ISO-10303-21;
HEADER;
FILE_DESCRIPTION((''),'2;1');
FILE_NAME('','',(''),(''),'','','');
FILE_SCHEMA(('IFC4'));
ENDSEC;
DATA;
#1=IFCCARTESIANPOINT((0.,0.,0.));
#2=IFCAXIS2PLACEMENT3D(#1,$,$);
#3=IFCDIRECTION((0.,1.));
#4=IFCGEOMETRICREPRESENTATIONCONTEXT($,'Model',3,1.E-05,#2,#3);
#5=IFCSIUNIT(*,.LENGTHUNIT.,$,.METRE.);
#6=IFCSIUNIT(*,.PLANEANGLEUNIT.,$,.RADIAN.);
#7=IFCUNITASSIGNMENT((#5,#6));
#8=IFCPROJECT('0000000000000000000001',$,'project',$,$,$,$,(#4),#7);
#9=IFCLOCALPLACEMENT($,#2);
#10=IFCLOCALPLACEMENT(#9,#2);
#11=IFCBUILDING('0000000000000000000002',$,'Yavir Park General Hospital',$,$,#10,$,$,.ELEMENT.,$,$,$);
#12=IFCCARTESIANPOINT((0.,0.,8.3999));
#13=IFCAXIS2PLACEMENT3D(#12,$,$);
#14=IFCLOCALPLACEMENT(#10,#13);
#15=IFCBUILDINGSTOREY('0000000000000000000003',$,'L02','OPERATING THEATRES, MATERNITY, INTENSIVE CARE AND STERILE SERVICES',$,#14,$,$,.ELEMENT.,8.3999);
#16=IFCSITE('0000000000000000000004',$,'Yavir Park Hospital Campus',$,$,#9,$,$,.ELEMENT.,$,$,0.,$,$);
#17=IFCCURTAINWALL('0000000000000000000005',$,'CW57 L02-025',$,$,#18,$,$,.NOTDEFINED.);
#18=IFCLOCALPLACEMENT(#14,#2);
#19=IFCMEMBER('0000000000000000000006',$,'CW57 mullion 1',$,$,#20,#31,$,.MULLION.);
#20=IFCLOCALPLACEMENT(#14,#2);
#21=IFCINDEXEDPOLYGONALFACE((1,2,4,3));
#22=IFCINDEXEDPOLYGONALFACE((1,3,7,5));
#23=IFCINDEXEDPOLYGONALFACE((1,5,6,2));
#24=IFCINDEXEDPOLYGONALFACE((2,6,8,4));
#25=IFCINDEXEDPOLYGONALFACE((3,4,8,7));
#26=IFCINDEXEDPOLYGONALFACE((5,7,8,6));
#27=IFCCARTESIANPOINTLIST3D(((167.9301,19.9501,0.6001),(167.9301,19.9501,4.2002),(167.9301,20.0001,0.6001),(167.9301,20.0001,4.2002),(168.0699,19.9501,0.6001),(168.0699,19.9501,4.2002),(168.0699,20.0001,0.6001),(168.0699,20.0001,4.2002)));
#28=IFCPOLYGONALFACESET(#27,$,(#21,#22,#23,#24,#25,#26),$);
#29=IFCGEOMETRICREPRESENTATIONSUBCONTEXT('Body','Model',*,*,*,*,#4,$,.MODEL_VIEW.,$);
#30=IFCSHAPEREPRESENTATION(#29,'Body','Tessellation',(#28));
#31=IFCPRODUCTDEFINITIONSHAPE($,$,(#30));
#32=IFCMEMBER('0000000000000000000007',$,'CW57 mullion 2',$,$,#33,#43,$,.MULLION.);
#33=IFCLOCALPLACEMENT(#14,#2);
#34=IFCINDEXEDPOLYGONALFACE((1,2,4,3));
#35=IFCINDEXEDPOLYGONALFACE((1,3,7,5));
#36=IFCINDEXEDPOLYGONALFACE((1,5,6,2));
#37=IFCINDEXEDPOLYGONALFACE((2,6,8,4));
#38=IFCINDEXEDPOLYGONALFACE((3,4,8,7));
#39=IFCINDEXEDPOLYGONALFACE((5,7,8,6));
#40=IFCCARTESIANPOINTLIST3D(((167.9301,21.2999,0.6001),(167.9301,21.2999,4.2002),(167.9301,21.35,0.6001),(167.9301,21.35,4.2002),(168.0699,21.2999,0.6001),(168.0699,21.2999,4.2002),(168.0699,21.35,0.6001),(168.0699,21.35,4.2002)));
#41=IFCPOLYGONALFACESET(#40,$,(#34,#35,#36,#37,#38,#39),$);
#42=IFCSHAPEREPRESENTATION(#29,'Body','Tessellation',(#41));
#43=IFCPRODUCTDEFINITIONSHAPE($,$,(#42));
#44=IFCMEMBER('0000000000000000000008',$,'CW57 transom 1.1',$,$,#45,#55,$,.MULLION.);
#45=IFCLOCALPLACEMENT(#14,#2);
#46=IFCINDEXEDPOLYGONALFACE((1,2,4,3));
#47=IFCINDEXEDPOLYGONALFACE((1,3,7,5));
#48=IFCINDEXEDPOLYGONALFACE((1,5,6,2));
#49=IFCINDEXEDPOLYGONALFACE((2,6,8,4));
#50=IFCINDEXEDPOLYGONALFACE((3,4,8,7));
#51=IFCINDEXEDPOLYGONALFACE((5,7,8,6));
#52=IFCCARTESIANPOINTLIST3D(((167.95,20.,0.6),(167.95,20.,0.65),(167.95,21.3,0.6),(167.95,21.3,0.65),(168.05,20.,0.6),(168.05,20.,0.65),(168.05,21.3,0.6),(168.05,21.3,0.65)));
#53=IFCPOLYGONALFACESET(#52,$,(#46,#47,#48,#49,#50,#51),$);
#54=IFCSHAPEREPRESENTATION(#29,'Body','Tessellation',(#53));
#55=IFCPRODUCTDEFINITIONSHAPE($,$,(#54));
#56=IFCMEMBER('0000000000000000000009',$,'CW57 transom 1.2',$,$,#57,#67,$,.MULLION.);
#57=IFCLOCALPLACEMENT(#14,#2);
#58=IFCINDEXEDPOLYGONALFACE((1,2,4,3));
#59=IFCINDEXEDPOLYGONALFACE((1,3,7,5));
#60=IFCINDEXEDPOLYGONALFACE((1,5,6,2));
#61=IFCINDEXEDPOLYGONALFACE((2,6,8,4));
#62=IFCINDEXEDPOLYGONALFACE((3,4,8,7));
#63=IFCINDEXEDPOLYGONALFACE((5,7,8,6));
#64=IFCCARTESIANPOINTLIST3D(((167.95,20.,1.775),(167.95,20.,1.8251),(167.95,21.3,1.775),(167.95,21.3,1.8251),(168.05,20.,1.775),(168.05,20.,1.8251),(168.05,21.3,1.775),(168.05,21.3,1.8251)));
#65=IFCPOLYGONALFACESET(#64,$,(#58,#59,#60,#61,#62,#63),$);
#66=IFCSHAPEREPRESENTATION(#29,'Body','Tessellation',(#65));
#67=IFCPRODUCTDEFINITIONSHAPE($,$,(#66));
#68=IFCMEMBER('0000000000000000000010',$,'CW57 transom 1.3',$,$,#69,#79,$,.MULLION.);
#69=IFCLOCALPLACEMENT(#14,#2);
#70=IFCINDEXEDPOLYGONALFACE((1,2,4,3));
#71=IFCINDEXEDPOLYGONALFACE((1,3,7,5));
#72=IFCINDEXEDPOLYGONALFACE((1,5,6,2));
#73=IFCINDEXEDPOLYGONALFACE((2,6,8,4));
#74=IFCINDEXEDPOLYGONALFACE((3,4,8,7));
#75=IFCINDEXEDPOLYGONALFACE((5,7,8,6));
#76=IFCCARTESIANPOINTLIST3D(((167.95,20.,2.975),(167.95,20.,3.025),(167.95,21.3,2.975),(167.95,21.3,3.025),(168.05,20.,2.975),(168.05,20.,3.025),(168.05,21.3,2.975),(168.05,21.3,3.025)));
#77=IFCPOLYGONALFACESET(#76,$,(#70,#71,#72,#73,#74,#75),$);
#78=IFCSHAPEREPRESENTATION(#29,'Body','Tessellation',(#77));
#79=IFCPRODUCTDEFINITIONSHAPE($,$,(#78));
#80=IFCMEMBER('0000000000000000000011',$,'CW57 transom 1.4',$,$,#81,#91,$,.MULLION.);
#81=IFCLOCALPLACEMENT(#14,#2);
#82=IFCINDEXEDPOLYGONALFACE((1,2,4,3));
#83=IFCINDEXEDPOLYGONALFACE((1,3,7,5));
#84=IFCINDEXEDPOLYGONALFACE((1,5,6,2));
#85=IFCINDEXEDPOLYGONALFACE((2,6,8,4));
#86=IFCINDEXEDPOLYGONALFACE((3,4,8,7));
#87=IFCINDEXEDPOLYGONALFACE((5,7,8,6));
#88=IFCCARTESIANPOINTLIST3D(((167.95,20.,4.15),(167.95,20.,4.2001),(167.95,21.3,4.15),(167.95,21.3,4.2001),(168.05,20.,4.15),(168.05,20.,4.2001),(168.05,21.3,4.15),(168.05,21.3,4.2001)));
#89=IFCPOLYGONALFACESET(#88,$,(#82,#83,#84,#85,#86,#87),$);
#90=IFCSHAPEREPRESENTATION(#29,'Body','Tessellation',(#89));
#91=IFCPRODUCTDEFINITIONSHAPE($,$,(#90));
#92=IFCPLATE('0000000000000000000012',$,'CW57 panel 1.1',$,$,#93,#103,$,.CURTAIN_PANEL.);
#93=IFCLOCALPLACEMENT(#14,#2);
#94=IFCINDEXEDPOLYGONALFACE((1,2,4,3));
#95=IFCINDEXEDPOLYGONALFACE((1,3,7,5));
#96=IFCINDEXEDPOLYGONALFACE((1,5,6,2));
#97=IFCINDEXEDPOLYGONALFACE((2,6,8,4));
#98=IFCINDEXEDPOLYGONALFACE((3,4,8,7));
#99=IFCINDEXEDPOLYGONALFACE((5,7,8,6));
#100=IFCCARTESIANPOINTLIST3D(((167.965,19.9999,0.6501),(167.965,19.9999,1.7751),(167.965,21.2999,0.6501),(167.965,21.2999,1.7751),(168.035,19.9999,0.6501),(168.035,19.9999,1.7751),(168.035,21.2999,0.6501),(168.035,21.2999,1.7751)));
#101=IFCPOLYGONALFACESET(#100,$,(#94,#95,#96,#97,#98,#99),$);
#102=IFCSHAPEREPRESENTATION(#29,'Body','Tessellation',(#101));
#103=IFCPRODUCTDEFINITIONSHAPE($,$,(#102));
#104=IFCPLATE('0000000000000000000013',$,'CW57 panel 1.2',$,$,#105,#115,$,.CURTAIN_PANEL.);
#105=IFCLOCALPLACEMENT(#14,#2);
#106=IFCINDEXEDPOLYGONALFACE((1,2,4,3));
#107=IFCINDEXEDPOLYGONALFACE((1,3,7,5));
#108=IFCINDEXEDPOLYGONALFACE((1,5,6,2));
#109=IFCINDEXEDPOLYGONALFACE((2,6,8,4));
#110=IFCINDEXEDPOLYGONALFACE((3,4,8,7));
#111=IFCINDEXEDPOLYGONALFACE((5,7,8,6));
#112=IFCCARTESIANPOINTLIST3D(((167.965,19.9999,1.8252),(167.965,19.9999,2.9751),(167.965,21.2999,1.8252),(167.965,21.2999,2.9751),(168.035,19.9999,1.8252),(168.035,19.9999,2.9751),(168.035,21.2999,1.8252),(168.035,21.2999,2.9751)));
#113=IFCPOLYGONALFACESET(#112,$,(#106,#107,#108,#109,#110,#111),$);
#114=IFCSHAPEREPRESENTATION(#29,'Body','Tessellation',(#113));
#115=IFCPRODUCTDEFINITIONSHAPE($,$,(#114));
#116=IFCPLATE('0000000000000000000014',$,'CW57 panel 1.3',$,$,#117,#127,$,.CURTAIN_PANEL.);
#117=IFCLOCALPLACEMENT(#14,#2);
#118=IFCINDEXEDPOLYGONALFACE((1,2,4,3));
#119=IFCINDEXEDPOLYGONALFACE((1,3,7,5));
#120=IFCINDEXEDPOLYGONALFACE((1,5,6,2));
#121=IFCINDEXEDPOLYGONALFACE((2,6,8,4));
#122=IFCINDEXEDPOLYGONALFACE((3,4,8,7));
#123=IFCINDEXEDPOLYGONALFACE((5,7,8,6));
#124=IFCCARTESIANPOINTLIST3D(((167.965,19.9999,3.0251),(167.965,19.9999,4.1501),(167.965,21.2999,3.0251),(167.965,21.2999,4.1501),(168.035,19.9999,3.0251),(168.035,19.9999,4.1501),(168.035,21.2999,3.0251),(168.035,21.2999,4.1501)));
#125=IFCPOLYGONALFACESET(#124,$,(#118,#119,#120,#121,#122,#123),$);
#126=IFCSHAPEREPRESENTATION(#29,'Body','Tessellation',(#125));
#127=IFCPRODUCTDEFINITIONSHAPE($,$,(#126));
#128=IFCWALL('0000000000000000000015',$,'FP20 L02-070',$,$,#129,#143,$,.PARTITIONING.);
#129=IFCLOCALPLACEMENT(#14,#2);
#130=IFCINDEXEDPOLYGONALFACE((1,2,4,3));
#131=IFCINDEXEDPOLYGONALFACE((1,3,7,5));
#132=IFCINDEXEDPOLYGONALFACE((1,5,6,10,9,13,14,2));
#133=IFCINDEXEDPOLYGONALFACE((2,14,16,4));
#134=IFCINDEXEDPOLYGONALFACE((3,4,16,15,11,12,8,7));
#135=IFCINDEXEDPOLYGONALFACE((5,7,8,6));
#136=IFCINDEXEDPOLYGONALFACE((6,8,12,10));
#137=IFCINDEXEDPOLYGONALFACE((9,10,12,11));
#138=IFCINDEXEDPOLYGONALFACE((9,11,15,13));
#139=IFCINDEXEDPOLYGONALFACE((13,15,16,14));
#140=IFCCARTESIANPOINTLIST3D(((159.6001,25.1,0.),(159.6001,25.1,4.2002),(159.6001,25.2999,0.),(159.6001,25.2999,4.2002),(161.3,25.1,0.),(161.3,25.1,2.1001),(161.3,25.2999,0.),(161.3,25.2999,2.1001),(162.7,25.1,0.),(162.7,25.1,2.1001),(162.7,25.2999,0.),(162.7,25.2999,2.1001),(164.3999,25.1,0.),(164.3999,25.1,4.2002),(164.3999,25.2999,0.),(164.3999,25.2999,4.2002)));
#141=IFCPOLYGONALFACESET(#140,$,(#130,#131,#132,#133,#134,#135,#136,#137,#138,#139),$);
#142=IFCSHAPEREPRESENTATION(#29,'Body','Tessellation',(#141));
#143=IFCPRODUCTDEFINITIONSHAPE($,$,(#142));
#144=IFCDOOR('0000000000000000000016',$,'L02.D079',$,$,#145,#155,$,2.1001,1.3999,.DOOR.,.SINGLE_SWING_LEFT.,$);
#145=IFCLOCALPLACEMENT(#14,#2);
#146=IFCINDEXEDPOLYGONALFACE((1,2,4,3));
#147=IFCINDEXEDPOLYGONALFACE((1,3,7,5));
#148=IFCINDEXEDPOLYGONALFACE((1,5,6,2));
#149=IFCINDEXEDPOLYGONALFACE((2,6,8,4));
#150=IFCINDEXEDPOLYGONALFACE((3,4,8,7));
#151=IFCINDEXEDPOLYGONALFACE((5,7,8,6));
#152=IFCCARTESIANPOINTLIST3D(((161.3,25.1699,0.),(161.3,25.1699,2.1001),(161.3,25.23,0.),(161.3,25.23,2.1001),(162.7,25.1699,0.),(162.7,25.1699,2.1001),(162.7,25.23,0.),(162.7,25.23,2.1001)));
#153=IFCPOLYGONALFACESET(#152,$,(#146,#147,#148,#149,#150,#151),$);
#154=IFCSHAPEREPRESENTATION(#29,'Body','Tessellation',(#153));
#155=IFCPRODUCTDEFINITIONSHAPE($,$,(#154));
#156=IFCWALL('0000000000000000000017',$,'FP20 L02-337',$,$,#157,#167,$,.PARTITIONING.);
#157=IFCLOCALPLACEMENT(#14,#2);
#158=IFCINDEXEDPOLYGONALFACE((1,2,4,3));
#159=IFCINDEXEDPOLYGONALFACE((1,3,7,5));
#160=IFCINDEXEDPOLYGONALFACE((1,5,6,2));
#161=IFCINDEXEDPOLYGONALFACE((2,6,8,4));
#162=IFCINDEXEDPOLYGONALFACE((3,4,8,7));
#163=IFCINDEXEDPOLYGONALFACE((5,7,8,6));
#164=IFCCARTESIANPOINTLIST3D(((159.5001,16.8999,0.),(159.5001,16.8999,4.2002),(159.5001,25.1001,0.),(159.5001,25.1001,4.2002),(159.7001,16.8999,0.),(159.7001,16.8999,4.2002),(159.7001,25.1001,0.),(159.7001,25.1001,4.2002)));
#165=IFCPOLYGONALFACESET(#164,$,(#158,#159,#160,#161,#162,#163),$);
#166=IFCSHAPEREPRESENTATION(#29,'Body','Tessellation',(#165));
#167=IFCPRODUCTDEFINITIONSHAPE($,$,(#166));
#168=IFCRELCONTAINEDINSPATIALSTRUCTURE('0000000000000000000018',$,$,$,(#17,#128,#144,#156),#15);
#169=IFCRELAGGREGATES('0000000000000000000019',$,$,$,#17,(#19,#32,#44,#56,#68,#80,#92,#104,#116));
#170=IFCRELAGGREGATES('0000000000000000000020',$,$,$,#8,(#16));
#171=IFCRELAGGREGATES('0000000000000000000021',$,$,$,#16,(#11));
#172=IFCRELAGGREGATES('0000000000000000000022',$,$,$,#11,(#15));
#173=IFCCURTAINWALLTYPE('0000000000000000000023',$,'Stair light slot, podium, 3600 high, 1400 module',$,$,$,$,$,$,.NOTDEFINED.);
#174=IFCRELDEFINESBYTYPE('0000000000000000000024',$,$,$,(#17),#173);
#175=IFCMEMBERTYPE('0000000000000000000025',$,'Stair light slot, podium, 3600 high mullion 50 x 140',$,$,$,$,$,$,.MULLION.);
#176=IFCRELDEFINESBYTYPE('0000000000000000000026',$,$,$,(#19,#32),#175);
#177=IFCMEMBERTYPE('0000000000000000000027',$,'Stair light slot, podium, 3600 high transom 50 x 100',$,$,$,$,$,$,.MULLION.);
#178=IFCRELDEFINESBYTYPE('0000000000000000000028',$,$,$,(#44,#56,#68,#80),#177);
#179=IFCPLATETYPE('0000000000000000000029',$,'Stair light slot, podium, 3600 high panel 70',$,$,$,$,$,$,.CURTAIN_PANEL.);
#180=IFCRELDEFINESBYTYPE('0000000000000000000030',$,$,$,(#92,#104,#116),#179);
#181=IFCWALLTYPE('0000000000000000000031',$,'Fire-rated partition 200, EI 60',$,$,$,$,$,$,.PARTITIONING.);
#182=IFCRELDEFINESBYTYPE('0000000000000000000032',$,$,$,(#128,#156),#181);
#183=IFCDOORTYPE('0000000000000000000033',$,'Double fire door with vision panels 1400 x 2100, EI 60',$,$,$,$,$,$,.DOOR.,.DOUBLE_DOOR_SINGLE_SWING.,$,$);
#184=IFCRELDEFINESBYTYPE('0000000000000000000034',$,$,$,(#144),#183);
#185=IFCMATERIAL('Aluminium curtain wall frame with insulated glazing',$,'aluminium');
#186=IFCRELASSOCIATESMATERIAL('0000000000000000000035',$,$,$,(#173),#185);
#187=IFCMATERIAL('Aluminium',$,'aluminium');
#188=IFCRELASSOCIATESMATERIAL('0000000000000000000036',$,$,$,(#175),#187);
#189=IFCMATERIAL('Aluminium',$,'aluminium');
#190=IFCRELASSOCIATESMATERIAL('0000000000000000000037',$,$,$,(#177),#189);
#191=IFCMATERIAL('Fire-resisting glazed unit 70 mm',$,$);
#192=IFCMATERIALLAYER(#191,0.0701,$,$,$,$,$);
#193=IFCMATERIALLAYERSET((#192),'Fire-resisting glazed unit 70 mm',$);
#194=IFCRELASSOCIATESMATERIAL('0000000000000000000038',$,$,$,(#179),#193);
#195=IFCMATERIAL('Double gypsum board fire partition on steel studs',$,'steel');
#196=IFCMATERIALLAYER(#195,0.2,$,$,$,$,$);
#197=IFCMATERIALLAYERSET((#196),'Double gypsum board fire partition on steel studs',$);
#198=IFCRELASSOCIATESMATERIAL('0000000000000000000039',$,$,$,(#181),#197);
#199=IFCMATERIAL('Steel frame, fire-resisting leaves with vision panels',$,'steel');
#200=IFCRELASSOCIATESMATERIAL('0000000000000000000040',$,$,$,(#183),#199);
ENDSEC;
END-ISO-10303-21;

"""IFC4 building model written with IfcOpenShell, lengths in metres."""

from ifc_helpers import new_model, si_unit, direction, frame, frame_2d, origin, origin_2d, place, context, subcontext, project, spatial, rectangle, extrude, material, layer, layer_set, material_profile, profile_set, type_object, element, fill, aggregate, save


model = new_model("IFC4")

# Units and contexts
model_context = context("Model", 3, precision=1e-05, world=origin(), true_north=direction((0.0, 1.0)))
body_context = subcontext(model_context, "Body", "Model", "MODEL_VIEW")
ifc_project = project(units=[si_unit("LENGTHUNIT", "METRE"), si_unit("PLANEANGLEUNIT", "RADIAN")], contexts=[model_context])

# Site, building, storey
site_placement = place(None, origin())
site = spatial("IfcSite", under=ifc_project, at=site_placement, Name="Yavir Park Hospital Campus", CompositionType="ELEMENT", RefElevation=0.0)
building_placement = place(site_placement, origin())
building = spatial("IfcBuilding", under=site, at=building_placement, Name="Yavir Park General Hospital", CompositionType="ELEMENT")
storey_placement = place(building_placement, frame((0.0, 0.0, 8.3999)))
storey = spatial("IfcBuildingStorey", under=building, at=storey_placement, Name="L02", Description="OPERATING THEATRES, MATERNITY, INTENSIVE CARE AND STERILE SERVICES", CompositionType="ELEMENT", Elevation=8.3999)

# Curtain wall, members, plates
ifc_material_1 = material(Name="Aluminium curtain wall frame with insulated glazing", Category="aluminium")
curtain_wall_type = type_object("IfcCurtainWallType", Name="Stair light slot, podium, 3600 high, 1400 module", PredefinedType="NOTDEFINED", material=ifc_material_1)
curtain_wall_placement = place(storey_placement, origin())
curtain_wall = element("IfcCurtainWall", 1, at=curtain_wall_placement, inside=storey, type_object=curtain_wall_type, Name="CW57 L02-025", PredefinedType="NOTDEFINED")
ifc_material_2 = material(Name="Aluminium", Category="aluminium")
ifc_material_profile_1 = material_profile(ifc_material_2, rectangle(XDim=0.1399, YDim=0.05, at=origin_2d()), Name="AL 50x140")
ifc_profile_set_1 = profile_set([ifc_material_profile_1], Name="Aluminium")
member_type_1 = type_object("IfcMemberType", Name="Stair light slot, podium, 3600 high mullion 50 x 140", PredefinedType="MULLION", material=ifc_profile_set_1)
member_1_placement = place(storey_placement, frame((168.0, 19.9751, 0.6001), z_axis=(0.0, 0.0, 1.0), x_axis=(-1.0, 0.0, 0.0)))
member_1 = element("IfcMember", 2, at=member_1_placement, type_object=member_type_1, Name="CW57 mullion 1", PredefinedType="MULLION", context=body_context, shape_type="SweptSolid", body=[
    extrude(rectangle(XDim=0.1399, YDim=0.05, at=origin_2d()), origin(), (0.0, 0.0, 1.0), 3.6001),
])
member_2_placement = place(storey_placement, frame((168.0, 21.325, 0.6001), z_axis=(0.0, 0.0, 1.0), x_axis=(-1.0, 0.0, 0.0)))
member_2 = element("IfcMember", 3, at=member_2_placement, type_object=member_type_1, Name="CW57 mullion 2", PredefinedType="MULLION", context=body_context, shape_type="SweptSolid", body=[
    extrude(rectangle(XDim=0.1399, YDim=0.05, at=origin_2d()), origin(), (0.0, 0.0, 1.0), 3.6001),
])
ifc_material_3 = material(Name="Aluminium", Category="aluminium")
ifc_material_profile_2 = material_profile(ifc_material_3, rectangle(XDim=0.1001, YDim=0.05, at=origin_2d()), Name="AL 100x50")
ifc_profile_set_2 = profile_set([ifc_material_profile_2], Name="Aluminium")
member_type_2 = type_object("IfcMemberType", Name="Stair light slot, podium, 3600 high transom 50 x 100", PredefinedType="MULLION", material=ifc_profile_set_2)
member_3_placement = place(storey_placement, frame((168.0, 20.0, 0.625), z_axis=(0.0, 1.0, 0.0), x_axis=(-1.0, 0.0, 0.0)))
member_3 = element("IfcMember", 4, at=member_3_placement, type_object=member_type_2, Name="CW57 transom 1.1", PredefinedType="MULLION", context=body_context, shape_type="SweptSolid", body=[
    extrude(rectangle(XDim=0.1001, YDim=0.05, at=origin_2d()), origin(), (0.0, 0.0, 1.0), 1.3),
])
member_4_placement = place(storey_placement, frame((168.0, 20.0, 1.8), z_axis=(0.0, 1.0, 0.0), x_axis=(-1.0, 0.0, 0.0)))
member_4 = element("IfcMember", 5, at=member_4_placement, type_object=member_type_2, Name="CW57 transom 1.2", PredefinedType="MULLION", context=body_context, shape_type="SweptSolid", body=[
    extrude(rectangle(XDim=0.1001, YDim=0.05, at=origin_2d()), origin(), (0.0, 0.0, 1.0), 1.3),
])
member_5_placement = place(storey_placement, frame((168.0, 20.0, 3.0), z_axis=(0.0, 1.0, 0.0), x_axis=(-1.0, 0.0, 0.0)))
member_5 = element("IfcMember", 6, at=member_5_placement, type_object=member_type_2, Name="CW57 transom 1.3", PredefinedType="MULLION", context=body_context, shape_type="SweptSolid", body=[
    extrude(rectangle(XDim=0.1001, YDim=0.05, at=origin_2d()), origin(), (0.0, 0.0, 1.0), 1.3),
])
member_6_placement = place(storey_placement, frame((168.0, 20.0, 4.175), z_axis=(0.0, 1.0, 0.0), x_axis=(-1.0, 0.0, 0.0)))
member_6 = element("IfcMember", 7, at=member_6_placement, type_object=member_type_2, Name="CW57 transom 1.4", PredefinedType="MULLION", context=body_context, shape_type="SweptSolid", body=[
    extrude(rectangle(XDim=0.1001, YDim=0.05, at=origin_2d()), origin(), (0.0, 0.0, 1.0), 1.3),
])
ifc_material_4 = material(Name="Fire-resisting glazed unit 70 mm")
ifc_layer_1 = layer(ifc_material_4, 0.0701)
ifc_layer_set_1 = layer_set([ifc_layer_1], Name="Fire-resisting glazed unit 70 mm")
plate_type = type_object("IfcPlateType", Name="Stair light slot, podium, 3600 high panel 70", PredefinedType="CURTAIN_PANEL", material=ifc_layer_set_1)
plate_1_placement = place(storey_placement, frame((168.0, 20.6499, 0.6501), z_axis=(0.0, 0.0, 1.0), x_axis=(0.0, 1.0, 0.0)))
plate_1 = element("IfcPlate", 8, at=plate_1_placement, type_object=plate_type, Name="CW57 panel 1.1", PredefinedType="CURTAIN_PANEL", context=body_context, shape_type="SweptSolid", body=[
    extrude(rectangle(XDim=1.3, YDim=0.0701, at=origin_2d()), origin(), (0.0, 0.0, 1.0), 1.125),
])
plate_2_placement = place(storey_placement, frame((168.0, 20.6499, 1.8252), z_axis=(0.0, 0.0, 1.0), x_axis=(0.0, 1.0, 0.0)))
plate_2 = element("IfcPlate", 9, at=plate_2_placement, type_object=plate_type, Name="CW57 panel 1.2", PredefinedType="CURTAIN_PANEL", context=body_context, shape_type="SweptSolid", body=[
    extrude(rectangle(XDim=1.3, YDim=0.0701, at=origin_2d()), origin(), (0.0, 0.0, 1.0), 1.1499),
])
plate_3_placement = place(storey_placement, frame((168.0, 20.6499, 3.0251), z_axis=(0.0, 0.0, 1.0), x_axis=(0.0, 1.0, 0.0)))
plate_3 = element("IfcPlate", 10, at=plate_3_placement, type_object=plate_type, Name="CW57 panel 1.3", PredefinedType="CURTAIN_PANEL", context=body_context, shape_type="SweptSolid", body=[
    extrude(rectangle(XDim=1.3, YDim=0.0701, at=origin_2d()), origin(), (0.0, 0.0, 1.0), 1.125),
])
aggregate(curtain_wall, [member_1, member_2, member_3, member_4, member_5, member_6, plate_1, plate_2, plate_3])

# Wall, opening, door
ifc_material_5 = material(Name="Double gypsum board fire partition on steel studs", Category="steel")
ifc_layer_2 = layer(ifc_material_5, 0.2)
ifc_layer_set_2 = layer_set([ifc_layer_2], Name="Double gypsum board fire partition on steel studs")
wall_type_1 = type_object("IfcWallType", Name="Fire-rated partition 200, EI 60", PredefinedType="PARTITIONING", material=ifc_layer_set_2)
wall_1_placement = place(storey_placement, frame((159.6001, 25.2, 0.0), z_axis=(0.0, 0.0, 1.0), x_axis=(1.0, 0.0, 0.0)))
wall_1 = element("IfcWall", 11, at=wall_1_placement, inside=storey, type_object=wall_type_1, Name="FP20 L02-070", PredefinedType="PARTITIONING", context=body_context, shape_type="SweptSolid", body=[
    extrude(rectangle(XDim=4.7998, YDim=0.2, at=frame_2d((2.3999, 0.0))), origin(), (0.0, 0.0, 1.0), 4.2002),
])
opening_1_placement = place(wall_1_placement, frame((1.7, 0.0, 0.0)))
opening_1 = element("IfcOpeningElement", 12, at=opening_1_placement, cuts=wall_1, PredefinedType="OPENING", context=body_context, shape_type="SweptSolid", body=[
    extrude(rectangle(XDim=1.3999, YDim=2.1001, at=frame_2d((0.7, 1.05))), frame((0.0, 0.1099, 0.0), z_axis=(0.0, -1.0, 0.0), x_axis=(1.0, 0.0, 0.0)), (0.0, 0.0, 1.0), 0.22),
])
ifc_material_6 = material(Name="Steel frame, fire-resisting leaves with vision panels", Category="steel")
door_type_1 = type_object("IfcDoorType", Name="Double fire door with vision panels 1400 x 2100, EI 60", OperationType="DOUBLE_DOOR_SINGLE_SWING", PredefinedType="DOOR", material=ifc_material_6)
door_1_placement = place(opening_1_placement, origin())
door_1 = element("IfcDoor", 13, at=door_1_placement, inside=storey, type_object=door_type_1, Name="L02.D079", OperationType="SINGLE_SWING_LEFT", OverallHeight=2.1001, OverallWidth=1.3999, PredefinedType="DOOR", context=body_context, shape_type="SweptSolid", body=[
    extrude(rectangle(XDim=1.3999, YDim=2.1001, at=frame_2d((0.7, 1.05))), frame((0.0, 0.03, 0.0), z_axis=(0.0, -1.0, 0.0), x_axis=(1.0, 0.0, 0.0)), (0.0, 0.0, 1.0), 0.0601),
])
fill(opening_1, door_1)

# Wall
wall_2_placement = place(storey_placement, frame((159.6001, 16.8999, 0.0), z_axis=(0.0, 0.0, 1.0), x_axis=(0.0, 1.0, 0.0)))
element("IfcWall", 14, at=wall_2_placement, inside=storey, type_object=wall_type_1, Name="FP20 L02-337", PredefinedType="PARTITIONING", context=body_context, shape_type="SweptSolid", body=[
    extrude(rectangle(XDim=8.2002, YDim=0.2, at=frame_2d((4.1001, 0.0))), origin(), (0.0, 0.0, 1.0), 4.2002),
])

save(model, "model.ifc")
